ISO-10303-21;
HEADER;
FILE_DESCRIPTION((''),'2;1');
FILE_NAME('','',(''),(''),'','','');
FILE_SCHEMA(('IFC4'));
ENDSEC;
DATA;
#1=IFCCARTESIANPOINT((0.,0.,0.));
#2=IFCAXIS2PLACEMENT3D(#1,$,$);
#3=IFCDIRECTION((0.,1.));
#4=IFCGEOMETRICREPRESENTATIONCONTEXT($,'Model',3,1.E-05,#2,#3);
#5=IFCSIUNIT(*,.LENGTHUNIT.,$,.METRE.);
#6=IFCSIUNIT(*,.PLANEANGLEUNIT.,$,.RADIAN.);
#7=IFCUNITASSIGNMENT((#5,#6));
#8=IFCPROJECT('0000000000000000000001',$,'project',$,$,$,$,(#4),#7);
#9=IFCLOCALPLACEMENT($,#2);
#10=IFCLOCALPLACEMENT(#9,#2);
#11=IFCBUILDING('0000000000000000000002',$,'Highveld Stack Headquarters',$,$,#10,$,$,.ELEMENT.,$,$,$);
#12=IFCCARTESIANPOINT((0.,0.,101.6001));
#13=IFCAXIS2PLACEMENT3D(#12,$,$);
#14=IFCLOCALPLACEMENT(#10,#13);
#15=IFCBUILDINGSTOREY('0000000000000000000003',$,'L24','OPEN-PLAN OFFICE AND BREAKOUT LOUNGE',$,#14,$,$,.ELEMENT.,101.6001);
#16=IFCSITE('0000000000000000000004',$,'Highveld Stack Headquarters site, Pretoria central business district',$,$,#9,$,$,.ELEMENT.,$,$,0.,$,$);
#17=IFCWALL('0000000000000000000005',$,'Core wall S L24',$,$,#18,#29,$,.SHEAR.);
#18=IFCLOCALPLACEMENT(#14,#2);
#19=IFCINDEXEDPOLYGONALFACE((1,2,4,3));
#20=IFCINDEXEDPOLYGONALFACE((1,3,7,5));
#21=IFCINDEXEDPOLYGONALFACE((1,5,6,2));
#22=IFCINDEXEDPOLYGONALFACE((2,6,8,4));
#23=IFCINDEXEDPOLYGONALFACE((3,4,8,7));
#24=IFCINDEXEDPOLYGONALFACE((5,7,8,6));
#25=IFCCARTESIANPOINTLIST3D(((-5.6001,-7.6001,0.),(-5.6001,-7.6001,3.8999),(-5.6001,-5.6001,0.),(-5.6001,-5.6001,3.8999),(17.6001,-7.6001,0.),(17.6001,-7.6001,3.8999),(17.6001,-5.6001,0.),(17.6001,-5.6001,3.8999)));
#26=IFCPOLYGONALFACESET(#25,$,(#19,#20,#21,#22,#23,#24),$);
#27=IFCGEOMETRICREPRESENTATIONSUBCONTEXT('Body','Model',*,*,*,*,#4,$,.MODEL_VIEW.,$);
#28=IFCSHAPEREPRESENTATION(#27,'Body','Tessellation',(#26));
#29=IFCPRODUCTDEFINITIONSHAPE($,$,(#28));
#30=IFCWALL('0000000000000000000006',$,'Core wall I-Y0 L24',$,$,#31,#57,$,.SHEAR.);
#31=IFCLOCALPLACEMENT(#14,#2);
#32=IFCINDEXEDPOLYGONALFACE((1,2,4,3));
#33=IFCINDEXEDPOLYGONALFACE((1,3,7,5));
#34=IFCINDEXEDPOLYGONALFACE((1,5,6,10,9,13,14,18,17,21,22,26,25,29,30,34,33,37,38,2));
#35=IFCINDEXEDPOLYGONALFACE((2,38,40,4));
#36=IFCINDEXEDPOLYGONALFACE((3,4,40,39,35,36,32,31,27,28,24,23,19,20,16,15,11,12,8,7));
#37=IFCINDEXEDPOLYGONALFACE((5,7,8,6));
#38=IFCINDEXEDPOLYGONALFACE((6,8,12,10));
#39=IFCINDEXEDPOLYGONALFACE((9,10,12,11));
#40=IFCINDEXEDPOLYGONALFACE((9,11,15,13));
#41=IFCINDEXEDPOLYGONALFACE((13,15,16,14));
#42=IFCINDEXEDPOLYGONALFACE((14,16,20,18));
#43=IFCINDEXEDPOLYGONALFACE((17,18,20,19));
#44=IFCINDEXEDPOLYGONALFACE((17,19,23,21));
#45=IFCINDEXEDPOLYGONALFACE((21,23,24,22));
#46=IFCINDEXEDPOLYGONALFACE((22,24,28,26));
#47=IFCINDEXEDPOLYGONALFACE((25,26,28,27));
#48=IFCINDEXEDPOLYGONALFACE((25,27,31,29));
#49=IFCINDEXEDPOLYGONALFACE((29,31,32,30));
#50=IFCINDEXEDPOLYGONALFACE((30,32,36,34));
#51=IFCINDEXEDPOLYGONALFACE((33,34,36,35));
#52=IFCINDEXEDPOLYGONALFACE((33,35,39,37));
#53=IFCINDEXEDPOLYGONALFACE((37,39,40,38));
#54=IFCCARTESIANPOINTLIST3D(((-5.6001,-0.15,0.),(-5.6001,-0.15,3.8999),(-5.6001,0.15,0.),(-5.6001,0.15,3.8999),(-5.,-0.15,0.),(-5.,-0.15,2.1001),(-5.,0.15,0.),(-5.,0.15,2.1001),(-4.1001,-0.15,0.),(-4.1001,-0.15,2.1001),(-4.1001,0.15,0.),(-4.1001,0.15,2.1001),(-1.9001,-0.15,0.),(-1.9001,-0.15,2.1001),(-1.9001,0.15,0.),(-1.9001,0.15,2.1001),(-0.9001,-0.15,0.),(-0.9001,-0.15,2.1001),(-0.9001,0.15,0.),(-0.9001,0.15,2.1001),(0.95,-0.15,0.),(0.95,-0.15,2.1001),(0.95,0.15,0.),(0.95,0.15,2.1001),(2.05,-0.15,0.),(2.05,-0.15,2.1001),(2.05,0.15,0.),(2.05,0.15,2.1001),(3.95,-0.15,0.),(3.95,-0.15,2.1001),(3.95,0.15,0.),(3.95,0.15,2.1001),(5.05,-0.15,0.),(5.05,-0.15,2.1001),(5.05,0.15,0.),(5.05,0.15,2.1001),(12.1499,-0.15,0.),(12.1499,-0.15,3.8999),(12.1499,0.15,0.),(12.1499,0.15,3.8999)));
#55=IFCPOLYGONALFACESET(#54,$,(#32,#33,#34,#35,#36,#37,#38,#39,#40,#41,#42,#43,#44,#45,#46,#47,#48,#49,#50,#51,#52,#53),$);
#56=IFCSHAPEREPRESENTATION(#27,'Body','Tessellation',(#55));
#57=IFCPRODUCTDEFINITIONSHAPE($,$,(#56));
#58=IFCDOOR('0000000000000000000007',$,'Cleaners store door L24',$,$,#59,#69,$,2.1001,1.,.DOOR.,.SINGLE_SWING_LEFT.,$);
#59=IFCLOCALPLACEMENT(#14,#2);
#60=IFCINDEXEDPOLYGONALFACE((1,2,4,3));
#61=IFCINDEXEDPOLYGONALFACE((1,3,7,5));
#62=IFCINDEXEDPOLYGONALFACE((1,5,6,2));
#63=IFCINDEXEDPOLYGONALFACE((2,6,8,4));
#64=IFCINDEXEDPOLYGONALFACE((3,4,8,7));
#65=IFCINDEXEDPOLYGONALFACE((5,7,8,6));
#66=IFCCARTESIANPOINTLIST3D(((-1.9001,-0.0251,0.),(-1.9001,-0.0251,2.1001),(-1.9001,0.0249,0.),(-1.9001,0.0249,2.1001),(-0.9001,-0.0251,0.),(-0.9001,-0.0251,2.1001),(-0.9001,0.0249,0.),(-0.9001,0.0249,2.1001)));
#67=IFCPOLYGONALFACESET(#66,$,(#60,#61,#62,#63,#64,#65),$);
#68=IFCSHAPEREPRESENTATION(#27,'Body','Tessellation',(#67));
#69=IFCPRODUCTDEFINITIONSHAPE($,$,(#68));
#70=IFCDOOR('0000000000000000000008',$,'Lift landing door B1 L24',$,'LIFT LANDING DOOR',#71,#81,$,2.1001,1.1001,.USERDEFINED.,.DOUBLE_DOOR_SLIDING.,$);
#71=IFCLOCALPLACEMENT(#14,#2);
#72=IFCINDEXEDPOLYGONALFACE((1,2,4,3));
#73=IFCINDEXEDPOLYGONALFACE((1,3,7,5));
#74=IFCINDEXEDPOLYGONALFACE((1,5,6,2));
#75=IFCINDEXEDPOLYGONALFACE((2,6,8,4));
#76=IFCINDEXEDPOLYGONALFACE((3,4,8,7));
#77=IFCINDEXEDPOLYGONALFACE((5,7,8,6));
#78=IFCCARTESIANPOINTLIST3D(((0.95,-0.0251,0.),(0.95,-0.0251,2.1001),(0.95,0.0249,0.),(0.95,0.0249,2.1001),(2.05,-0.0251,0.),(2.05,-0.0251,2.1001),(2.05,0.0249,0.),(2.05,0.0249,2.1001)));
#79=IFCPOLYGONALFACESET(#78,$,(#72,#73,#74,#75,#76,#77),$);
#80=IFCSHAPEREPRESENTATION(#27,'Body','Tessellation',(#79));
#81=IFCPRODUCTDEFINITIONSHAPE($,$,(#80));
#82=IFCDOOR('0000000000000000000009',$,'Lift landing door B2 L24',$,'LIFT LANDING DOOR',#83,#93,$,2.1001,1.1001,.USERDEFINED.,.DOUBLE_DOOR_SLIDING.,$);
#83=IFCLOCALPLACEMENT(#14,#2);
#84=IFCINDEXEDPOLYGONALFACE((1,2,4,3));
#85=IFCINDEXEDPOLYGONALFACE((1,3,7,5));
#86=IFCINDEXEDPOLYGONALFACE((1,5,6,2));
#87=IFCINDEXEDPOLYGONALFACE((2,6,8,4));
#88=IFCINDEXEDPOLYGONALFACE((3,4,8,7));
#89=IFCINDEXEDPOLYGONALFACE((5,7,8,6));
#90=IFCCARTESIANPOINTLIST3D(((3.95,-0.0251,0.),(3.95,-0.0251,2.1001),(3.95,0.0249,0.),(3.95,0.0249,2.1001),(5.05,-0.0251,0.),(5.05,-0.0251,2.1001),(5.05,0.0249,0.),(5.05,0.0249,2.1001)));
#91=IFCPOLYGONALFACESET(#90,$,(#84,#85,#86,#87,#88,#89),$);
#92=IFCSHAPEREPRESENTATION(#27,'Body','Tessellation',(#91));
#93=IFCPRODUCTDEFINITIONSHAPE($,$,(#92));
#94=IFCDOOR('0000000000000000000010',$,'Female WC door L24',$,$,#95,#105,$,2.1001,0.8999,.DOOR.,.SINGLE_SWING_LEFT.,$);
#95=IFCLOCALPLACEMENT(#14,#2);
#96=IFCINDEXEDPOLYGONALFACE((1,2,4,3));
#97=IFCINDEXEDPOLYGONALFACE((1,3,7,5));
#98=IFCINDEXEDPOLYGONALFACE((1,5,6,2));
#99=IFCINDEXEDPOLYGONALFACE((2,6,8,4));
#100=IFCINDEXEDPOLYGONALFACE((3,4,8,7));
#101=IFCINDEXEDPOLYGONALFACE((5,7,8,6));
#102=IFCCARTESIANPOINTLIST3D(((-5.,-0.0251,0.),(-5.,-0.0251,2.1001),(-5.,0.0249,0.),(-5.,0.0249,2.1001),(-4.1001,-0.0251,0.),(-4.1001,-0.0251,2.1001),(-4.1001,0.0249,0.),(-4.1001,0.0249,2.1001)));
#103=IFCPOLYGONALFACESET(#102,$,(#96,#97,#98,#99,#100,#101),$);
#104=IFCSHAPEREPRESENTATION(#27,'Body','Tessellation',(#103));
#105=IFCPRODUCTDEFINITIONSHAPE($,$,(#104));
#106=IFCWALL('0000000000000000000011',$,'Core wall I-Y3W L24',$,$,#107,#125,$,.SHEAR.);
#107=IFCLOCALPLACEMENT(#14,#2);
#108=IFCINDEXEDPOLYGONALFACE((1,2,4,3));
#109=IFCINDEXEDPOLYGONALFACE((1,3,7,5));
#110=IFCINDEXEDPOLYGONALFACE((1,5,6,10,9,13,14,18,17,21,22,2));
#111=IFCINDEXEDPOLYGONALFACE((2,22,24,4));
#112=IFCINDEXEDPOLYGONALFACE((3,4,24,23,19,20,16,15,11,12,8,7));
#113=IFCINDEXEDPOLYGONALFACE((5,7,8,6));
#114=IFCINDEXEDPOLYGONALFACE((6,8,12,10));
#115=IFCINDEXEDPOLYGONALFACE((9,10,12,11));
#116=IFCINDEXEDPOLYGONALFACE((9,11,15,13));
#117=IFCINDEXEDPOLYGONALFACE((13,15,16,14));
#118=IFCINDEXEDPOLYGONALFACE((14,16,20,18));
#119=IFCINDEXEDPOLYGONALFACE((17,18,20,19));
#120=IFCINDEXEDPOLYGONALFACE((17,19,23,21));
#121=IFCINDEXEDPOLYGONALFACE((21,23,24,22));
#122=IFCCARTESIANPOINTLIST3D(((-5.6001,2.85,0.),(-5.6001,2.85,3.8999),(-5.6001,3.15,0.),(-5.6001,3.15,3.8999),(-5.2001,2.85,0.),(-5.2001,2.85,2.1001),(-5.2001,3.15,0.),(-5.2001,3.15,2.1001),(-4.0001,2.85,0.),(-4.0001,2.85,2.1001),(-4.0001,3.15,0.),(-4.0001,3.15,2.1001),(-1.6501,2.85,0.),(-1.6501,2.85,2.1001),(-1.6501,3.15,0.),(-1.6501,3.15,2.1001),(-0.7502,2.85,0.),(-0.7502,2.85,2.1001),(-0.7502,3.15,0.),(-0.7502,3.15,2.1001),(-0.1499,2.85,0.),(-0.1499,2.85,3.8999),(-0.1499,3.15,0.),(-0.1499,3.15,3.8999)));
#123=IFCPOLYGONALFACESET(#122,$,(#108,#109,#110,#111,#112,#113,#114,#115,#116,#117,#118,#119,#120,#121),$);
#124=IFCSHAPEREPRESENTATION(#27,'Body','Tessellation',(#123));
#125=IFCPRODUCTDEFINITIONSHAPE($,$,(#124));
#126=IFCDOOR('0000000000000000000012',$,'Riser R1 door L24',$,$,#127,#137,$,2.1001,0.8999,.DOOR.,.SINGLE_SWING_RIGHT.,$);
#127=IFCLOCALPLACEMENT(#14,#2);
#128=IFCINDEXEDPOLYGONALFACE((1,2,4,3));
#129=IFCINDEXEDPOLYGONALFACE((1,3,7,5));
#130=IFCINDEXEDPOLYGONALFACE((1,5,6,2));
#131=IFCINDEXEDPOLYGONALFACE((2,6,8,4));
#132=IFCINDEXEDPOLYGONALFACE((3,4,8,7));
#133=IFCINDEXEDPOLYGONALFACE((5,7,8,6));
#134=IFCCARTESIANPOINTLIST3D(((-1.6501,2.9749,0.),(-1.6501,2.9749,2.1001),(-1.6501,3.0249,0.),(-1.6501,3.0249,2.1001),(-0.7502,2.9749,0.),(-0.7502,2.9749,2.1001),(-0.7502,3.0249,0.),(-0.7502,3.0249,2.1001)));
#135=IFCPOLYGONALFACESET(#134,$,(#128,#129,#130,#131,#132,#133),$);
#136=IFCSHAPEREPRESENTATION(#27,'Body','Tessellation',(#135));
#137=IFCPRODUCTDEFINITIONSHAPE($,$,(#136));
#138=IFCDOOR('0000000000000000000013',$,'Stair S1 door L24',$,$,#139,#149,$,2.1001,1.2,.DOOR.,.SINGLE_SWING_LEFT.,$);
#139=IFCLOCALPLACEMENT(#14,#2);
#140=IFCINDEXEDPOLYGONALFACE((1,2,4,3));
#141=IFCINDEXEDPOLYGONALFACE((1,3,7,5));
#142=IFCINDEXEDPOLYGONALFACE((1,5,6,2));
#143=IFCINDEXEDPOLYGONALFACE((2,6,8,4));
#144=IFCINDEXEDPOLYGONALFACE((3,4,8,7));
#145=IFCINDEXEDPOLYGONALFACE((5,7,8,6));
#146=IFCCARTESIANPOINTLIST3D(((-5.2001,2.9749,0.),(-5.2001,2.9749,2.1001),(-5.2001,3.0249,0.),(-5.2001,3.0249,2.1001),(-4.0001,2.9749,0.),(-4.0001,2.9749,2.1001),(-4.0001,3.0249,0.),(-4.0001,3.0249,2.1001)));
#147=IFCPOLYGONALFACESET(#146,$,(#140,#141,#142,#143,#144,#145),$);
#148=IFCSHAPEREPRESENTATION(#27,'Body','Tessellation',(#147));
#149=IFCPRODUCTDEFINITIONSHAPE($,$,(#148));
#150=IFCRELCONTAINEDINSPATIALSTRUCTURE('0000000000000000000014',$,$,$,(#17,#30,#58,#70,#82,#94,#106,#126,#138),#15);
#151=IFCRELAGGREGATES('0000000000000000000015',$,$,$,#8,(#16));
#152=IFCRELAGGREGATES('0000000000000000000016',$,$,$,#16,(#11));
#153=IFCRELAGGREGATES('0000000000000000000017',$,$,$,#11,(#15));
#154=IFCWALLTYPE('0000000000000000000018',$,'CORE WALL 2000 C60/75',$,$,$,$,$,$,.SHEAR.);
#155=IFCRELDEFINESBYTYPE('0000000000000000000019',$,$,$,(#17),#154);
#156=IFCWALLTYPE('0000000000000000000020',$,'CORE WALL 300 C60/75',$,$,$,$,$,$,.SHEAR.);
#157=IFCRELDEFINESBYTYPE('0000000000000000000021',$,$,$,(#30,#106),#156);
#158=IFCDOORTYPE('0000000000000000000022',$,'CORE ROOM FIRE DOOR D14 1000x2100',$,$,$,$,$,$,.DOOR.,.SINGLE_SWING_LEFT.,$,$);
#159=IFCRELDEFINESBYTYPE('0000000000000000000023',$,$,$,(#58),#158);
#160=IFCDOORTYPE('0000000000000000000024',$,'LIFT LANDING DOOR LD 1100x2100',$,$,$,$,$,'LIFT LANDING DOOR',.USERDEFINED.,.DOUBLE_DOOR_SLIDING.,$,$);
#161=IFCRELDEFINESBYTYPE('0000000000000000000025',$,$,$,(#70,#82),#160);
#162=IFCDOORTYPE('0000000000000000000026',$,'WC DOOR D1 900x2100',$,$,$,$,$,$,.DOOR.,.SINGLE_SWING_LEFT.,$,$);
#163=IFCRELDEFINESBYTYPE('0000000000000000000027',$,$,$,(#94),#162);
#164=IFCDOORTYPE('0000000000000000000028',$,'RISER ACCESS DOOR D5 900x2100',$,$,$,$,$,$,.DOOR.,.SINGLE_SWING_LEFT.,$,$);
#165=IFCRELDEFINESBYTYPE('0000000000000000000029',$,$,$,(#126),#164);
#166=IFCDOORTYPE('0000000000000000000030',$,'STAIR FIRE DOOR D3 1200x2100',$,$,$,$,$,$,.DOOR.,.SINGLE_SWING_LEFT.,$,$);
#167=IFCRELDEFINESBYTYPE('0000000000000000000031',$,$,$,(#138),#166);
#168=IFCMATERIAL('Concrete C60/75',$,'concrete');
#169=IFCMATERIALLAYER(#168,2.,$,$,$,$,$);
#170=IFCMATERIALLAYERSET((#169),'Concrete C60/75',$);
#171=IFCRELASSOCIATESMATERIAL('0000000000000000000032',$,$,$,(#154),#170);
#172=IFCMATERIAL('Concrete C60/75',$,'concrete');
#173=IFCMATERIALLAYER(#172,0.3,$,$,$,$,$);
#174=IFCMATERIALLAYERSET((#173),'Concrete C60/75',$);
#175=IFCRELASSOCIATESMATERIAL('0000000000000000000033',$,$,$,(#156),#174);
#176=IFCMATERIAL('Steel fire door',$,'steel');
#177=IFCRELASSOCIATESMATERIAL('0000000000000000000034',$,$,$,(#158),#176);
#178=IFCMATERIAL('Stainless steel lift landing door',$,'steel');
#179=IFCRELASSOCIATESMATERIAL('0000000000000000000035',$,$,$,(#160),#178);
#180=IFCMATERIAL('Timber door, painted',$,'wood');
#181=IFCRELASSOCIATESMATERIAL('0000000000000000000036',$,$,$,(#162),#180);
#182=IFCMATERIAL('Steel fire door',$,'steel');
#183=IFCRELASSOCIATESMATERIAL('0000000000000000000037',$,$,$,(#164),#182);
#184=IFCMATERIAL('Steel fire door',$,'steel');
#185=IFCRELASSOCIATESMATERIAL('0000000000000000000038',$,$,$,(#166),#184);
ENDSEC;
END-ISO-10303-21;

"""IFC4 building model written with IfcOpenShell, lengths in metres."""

from ifc_helpers import new_model, si_unit, direction, frame, frame_2d, origin, place, context, subcontext, project, spatial, rectangle, extrude, material, layer, layer_set, type_object, element, fill, save


model = new_model("IFC4")

# Units and contexts
model_context = context("Model", 3, precision=1e-05, world=origin(), true_north=direction((0.0, 1.0)))
body_context = subcontext(model_context, "Body", "Model", "MODEL_VIEW")
ifc_project = project(units=[si_unit("LENGTHUNIT", "METRE"), si_unit("PLANEANGLEUNIT", "RADIAN")], contexts=[model_context])

# Site, building, storey
site_placement = place(None, origin())
site = spatial("IfcSite", under=ifc_project, at=site_placement, Name="Highveld Stack Headquarters site, Pretoria central business district", CompositionType="ELEMENT", RefElevation=0.0)
building_placement = place(site_placement, origin())
building = spatial("IfcBuilding", under=site, at=building_placement, Name="Highveld Stack Headquarters", CompositionType="ELEMENT")
storey_placement = place(building_placement, frame((0.0, 0.0, 101.6001)))
storey = spatial("IfcBuildingStorey", under=building, at=storey_placement, Name="L24", Description="OPEN-PLAN OFFICE AND BREAKOUT LOUNGE", CompositionType="ELEMENT", Elevation=101.6001)

# Wall
ifc_material_1 = material(Name="Concrete C60/75", Category="concrete")
ifc_layer_1 = layer(ifc_material_1, 2.0)
ifc_layer_set_1 = layer_set([ifc_layer_1], Name="Concrete C60/75")
wall_type_1 = type_object("IfcWallType", Name="CORE WALL 2000 C60/75", PredefinedType="SHEAR", material=ifc_layer_set_1)
wall_1_placement = place(storey_placement, frame((-5.6001, -6.6001, 0.0), z_axis=(0.0, 0.0, 1.0), x_axis=(1.0, 0.0, 0.0)))
element("IfcWall", 1, at=wall_1_placement, inside=storey, type_object=wall_type_1, Name="Core wall S L24", PredefinedType="SHEAR", context=body_context, shape_type="SweptSolid", body=[
    extrude(rectangle(XDim=23.2002, YDim=2.0, at=frame_2d((11.6001, 0.0))), origin(), (0.0, 0.0, 1.0), 3.8999),
])

# Walls, openings, doors
ifc_material_2 = material(Name="Concrete C60/75", Category="concrete")
ifc_layer_2 = layer(ifc_material_2, 0.3)
ifc_layer_set_2 = layer_set([ifc_layer_2], Name="Concrete C60/75")
wall_type_2 = type_object("IfcWallType", Name="CORE WALL 300 C60/75", PredefinedType="SHEAR", material=ifc_layer_set_2)
wall_2_placement = place(storey_placement, frame((-5.6001, 0.0, 0.0), z_axis=(0.0, 0.0, 1.0), x_axis=(1.0, 0.0, 0.0)))
wall_2 = element("IfcWall", 2, at=wall_2_placement, inside=storey, type_object=wall_type_2, Name="Core wall I-Y0 L24", PredefinedType="SHEAR", context=body_context, shape_type="SweptSolid", body=[
    extrude(rectangle(XDim=17.75, YDim=0.3, at=frame_2d((8.875, 0.0))), origin(), (0.0, 0.0, 1.0), 3.8999),
])
opening_1_placement = place(wall_2_placement, frame((0.6001, 0.0, 0.0)))
opening_1 = element("IfcOpeningElement", 3, at=opening_1_placement, cuts=wall_2, PredefinedType="OPENING", context=body_context, shape_type="SweptSolid", body=[
    extrude(rectangle(XDim=0.8999, YDim=2.1001, at=frame_2d((0.45, 1.05))), frame((0.0, 0.1599, 0.0), z_axis=(0.0, -1.0, 0.0), x_axis=(1.0, 0.0, 0.0)), (0.0, 0.0, 1.0), 0.3201),
])
opening_2_placement = place(wall_2_placement, frame((3.7, 0.0, 0.0)))
opening_2 = element("IfcOpeningElement", 4, at=opening_2_placement, cuts=wall_2, PredefinedType="OPENING", context=body_context, shape_type="SweptSolid", body=[
    extrude(rectangle(XDim=1.0, YDim=2.1001, at=frame_2d((0.5, 1.05))), frame((0.0, 0.1599, 0.0), z_axis=(0.0, -1.0, 0.0), x_axis=(1.0, 0.0, 0.0)), (0.0, 0.0, 1.0), 0.3201),
])
opening_3_placement = place(wall_2_placement, frame((6.55, 0.0, 0.0)))
opening_3 = element("IfcOpeningElement", 5, at=opening_3_placement, cuts=wall_2, PredefinedType="OPENING", context=body_context, shape_type="SweptSolid", body=[
    extrude(rectangle(XDim=1.1001, YDim=2.1001, at=frame_2d((0.55, 1.05))), frame((0.0, 0.1599, 0.0), z_axis=(0.0, -1.0, 0.0), x_axis=(1.0, 0.0, 0.0)), (0.0, 0.0, 1.0), 0.3201),
])
opening_4_placement = place(wall_2_placement, frame((9.55, 0.0, 0.0)))
opening_4 = element("IfcOpeningElement", 6, at=opening_4_placement, cuts=wall_2, PredefinedType="OPENING", context=body_context, shape_type="SweptSolid", body=[
    extrude(rectangle(XDim=1.1001, YDim=2.1001, at=frame_2d((0.55, 1.05))), frame((0.0, 0.1599, 0.0), z_axis=(0.0, -1.0, 0.0), x_axis=(1.0, 0.0, 0.0)), (0.0, 0.0, 1.0), 0.3201),
])
ifc_material_3 = material(Name="Steel fire door", Category="steel")
door_type_1 = type_object("IfcDoorType", Name="CORE ROOM FIRE DOOR D14 1000x2100", OperationType="SINGLE_SWING_LEFT", PredefinedType="DOOR", material=ifc_material_3)
door_1_placement = place(opening_2_placement, origin())
door_1 = element("IfcDoor", 7, at=door_1_placement, inside=storey, type_object=door_type_1, Name="Cleaners store door L24", OperationType="SINGLE_SWING_LEFT", OverallHeight=2.1001, OverallWidth=1.0, PredefinedType="DOOR", context=body_context, shape_type="SweptSolid", body=[
    extrude(rectangle(XDim=1.0, YDim=2.1001, at=frame_2d((0.5, 1.05))), frame((0.0, 0.0249, 0.0), z_axis=(0.0, -1.0, 0.0), x_axis=(1.0, 0.0, 0.0)), (0.0, 0.0, 1.0), 0.05),
])
fill(opening_2, door_1)
ifc_material_4 = material(Name="Stainless steel lift landing door", Category="steel")
door_type_2 = type_object("IfcDoorType", Name="LIFT LANDING DOOR LD 1100x2100", ElementType="LIFT LANDING DOOR", OperationType="DOUBLE_DOOR_SLIDING", PredefinedType="USERDEFINED", material=ifc_material_4)
door_2_placement = place(opening_3_placement, origin())
door_2 = element("IfcDoor", 8, at=door_2_placement, inside=storey, type_object=door_type_2, Name="Lift landing door B1 L24", ObjectType="LIFT LANDING DOOR", OperationType="DOUBLE_DOOR_SLIDING", OverallHeight=2.1001, OverallWidth=1.1001, PredefinedType="USERDEFINED", context=body_context, shape_type="SweptSolid", body=[
    extrude(rectangle(XDim=1.1001, YDim=2.1001, at=frame_2d((0.55, 1.05))), frame((0.0, 0.0249, 0.0), z_axis=(0.0, -1.0, 0.0), x_axis=(1.0, 0.0, 0.0)), (0.0, 0.0, 1.0), 0.05),
])
fill(opening_3, door_2)
door_3_placement = place(opening_4_placement, origin())
door_3 = element("IfcDoor", 9, at=door_3_placement, inside=storey, type_object=door_type_2, Name="Lift landing door B2 L24", ObjectType="LIFT LANDING DOOR", OperationType="DOUBLE_DOOR_SLIDING", OverallHeight=2.1001, OverallWidth=1.1001, PredefinedType="USERDEFINED", context=body_context, shape_type="SweptSolid", body=[
    extrude(rectangle(XDim=1.1001, YDim=2.1001, at=frame_2d((0.55, 1.05))), frame((0.0, 0.0249, 0.0), z_axis=(0.0, -1.0, 0.0), x_axis=(1.0, 0.0, 0.0)), (0.0, 0.0, 1.0), 0.05),
])
fill(opening_4, door_3)
ifc_material_5 = material(Name="Timber door, painted", Category="wood")
door_type_3 = type_object("IfcDoorType", Name="WC DOOR D1 900x2100", OperationType="SINGLE_SWING_LEFT", PredefinedType="DOOR", material=ifc_material_5)
door_4_placement = place(opening_1_placement, origin())
door_4 = element("IfcDoor", 10, at=door_4_placement, inside=storey, type_object=door_type_3, Name="Female WC door L24", OperationType="SINGLE_SWING_LEFT", OverallHeight=2.1001, OverallWidth=0.8999, PredefinedType="DOOR", context=body_context, shape_type="SweptSolid", body=[
    extrude(rectangle(XDim=0.8999, YDim=2.1001, at=frame_2d((0.45, 1.05))), frame((0.0, 0.0249, 0.0), z_axis=(0.0, -1.0, 0.0), x_axis=(1.0, 0.0, 0.0)), (0.0, 0.0, 1.0), 0.05),
])
fill(opening_1, door_4)
wall_3_placement = place(storey_placement, frame((-5.6001, 3.0, 0.0), z_axis=(0.0, 0.0, 1.0), x_axis=(1.0, 0.0, 0.0)))
wall_3 = element("IfcWall", 11, at=wall_3_placement, inside=storey, type_object=wall_type_2, Name="Core wall I-Y3W L24", PredefinedType="SHEAR", context=body_context, shape_type="SweptSolid", body=[
    extrude(rectangle(XDim=5.4502, YDim=0.3, at=frame_2d((2.7251, 0.0))), origin(), (0.0, 0.0, 1.0), 3.8999),
])
opening_5_placement = place(wall_3_placement, frame((0.3999, 0.0, 0.0)))
opening_5 = element("IfcOpeningElement", 12, at=opening_5_placement, cuts=wall_3, PredefinedType="OPENING", context=body_context, shape_type="SweptSolid", body=[
    extrude(rectangle(XDim=1.2, YDim=2.1001, at=frame_2d((0.6001, 1.05))), frame((0.0, 0.1599, 0.0), z_axis=(0.0, -1.0, 0.0), x_axis=(1.0, 0.0, 0.0)), (0.0, 0.0, 1.0), 0.3201),
])
opening_6_placement = place(wall_3_placement, frame((3.95, 0.0, 0.0)))
opening_6 = element("IfcOpeningElement", 13, at=opening_6_placement, cuts=wall_3, PredefinedType="OPENING", context=body_context, shape_type="SweptSolid", body=[
    extrude(rectangle(XDim=0.8999, YDim=2.1001, at=frame_2d((0.45, 1.05))), frame((0.0, 0.1599, 0.0), z_axis=(0.0, -1.0, 0.0), x_axis=(1.0, 0.0, 0.0)), (0.0, 0.0, 1.0), 0.3201),
])
ifc_material_6 = material(Name="Steel fire door", Category="steel")
door_type_4 = type_object("IfcDoorType", Name="RISER ACCESS DOOR D5 900x2100", OperationType="SINGLE_SWING_LEFT", PredefinedType="DOOR", material=ifc_material_6)
door_5_placement = place(opening_6_placement, origin())
door_5 = element("IfcDoor", 14, at=door_5_placement, inside=storey, type_object=door_type_4, Name="Riser R1 door L24", OperationType="SINGLE_SWING_RIGHT", OverallHeight=2.1001, OverallWidth=0.8999, PredefinedType="DOOR", context=body_context, shape_type="SweptSolid", body=[
    extrude(rectangle(XDim=0.8999, YDim=2.1001, at=frame_2d((0.45, 1.05))), frame((0.0, 0.0249, 0.0), z_axis=(0.0, -1.0, 0.0), x_axis=(1.0, 0.0, 0.0)), (0.0, 0.0, 1.0), 0.05),
])
fill(opening_6, door_5)
ifc_material_7 = material(Name="Steel fire door", Category="steel")
door_type_5 = type_object("IfcDoorType", Name="STAIR FIRE DOOR D3 1200x2100", OperationType="SINGLE_SWING_LEFT", PredefinedType="DOOR", material=ifc_material_7)
door_6_placement = place(opening_5_placement, origin())
door_6 = element("IfcDoor", 15, at=door_6_placement, inside=storey, type_object=door_type_5, Name="Stair S1 door L24", OperationType="SINGLE_SWING_LEFT", OverallHeight=2.1001, OverallWidth=1.2, PredefinedType="DOOR", context=body_context, shape_type="SweptSolid", body=[
    extrude(rectangle(XDim=1.2, YDim=2.1001, at=frame_2d((0.6001, 1.05))), frame((0.0, 0.0249, 0.0), z_axis=(0.0, -1.0, 0.0), x_axis=(1.0, 0.0, 0.0)), (0.0, 0.0, 1.0), 0.05),
])
fill(opening_5, door_6)

save(model, "model.ifc")
